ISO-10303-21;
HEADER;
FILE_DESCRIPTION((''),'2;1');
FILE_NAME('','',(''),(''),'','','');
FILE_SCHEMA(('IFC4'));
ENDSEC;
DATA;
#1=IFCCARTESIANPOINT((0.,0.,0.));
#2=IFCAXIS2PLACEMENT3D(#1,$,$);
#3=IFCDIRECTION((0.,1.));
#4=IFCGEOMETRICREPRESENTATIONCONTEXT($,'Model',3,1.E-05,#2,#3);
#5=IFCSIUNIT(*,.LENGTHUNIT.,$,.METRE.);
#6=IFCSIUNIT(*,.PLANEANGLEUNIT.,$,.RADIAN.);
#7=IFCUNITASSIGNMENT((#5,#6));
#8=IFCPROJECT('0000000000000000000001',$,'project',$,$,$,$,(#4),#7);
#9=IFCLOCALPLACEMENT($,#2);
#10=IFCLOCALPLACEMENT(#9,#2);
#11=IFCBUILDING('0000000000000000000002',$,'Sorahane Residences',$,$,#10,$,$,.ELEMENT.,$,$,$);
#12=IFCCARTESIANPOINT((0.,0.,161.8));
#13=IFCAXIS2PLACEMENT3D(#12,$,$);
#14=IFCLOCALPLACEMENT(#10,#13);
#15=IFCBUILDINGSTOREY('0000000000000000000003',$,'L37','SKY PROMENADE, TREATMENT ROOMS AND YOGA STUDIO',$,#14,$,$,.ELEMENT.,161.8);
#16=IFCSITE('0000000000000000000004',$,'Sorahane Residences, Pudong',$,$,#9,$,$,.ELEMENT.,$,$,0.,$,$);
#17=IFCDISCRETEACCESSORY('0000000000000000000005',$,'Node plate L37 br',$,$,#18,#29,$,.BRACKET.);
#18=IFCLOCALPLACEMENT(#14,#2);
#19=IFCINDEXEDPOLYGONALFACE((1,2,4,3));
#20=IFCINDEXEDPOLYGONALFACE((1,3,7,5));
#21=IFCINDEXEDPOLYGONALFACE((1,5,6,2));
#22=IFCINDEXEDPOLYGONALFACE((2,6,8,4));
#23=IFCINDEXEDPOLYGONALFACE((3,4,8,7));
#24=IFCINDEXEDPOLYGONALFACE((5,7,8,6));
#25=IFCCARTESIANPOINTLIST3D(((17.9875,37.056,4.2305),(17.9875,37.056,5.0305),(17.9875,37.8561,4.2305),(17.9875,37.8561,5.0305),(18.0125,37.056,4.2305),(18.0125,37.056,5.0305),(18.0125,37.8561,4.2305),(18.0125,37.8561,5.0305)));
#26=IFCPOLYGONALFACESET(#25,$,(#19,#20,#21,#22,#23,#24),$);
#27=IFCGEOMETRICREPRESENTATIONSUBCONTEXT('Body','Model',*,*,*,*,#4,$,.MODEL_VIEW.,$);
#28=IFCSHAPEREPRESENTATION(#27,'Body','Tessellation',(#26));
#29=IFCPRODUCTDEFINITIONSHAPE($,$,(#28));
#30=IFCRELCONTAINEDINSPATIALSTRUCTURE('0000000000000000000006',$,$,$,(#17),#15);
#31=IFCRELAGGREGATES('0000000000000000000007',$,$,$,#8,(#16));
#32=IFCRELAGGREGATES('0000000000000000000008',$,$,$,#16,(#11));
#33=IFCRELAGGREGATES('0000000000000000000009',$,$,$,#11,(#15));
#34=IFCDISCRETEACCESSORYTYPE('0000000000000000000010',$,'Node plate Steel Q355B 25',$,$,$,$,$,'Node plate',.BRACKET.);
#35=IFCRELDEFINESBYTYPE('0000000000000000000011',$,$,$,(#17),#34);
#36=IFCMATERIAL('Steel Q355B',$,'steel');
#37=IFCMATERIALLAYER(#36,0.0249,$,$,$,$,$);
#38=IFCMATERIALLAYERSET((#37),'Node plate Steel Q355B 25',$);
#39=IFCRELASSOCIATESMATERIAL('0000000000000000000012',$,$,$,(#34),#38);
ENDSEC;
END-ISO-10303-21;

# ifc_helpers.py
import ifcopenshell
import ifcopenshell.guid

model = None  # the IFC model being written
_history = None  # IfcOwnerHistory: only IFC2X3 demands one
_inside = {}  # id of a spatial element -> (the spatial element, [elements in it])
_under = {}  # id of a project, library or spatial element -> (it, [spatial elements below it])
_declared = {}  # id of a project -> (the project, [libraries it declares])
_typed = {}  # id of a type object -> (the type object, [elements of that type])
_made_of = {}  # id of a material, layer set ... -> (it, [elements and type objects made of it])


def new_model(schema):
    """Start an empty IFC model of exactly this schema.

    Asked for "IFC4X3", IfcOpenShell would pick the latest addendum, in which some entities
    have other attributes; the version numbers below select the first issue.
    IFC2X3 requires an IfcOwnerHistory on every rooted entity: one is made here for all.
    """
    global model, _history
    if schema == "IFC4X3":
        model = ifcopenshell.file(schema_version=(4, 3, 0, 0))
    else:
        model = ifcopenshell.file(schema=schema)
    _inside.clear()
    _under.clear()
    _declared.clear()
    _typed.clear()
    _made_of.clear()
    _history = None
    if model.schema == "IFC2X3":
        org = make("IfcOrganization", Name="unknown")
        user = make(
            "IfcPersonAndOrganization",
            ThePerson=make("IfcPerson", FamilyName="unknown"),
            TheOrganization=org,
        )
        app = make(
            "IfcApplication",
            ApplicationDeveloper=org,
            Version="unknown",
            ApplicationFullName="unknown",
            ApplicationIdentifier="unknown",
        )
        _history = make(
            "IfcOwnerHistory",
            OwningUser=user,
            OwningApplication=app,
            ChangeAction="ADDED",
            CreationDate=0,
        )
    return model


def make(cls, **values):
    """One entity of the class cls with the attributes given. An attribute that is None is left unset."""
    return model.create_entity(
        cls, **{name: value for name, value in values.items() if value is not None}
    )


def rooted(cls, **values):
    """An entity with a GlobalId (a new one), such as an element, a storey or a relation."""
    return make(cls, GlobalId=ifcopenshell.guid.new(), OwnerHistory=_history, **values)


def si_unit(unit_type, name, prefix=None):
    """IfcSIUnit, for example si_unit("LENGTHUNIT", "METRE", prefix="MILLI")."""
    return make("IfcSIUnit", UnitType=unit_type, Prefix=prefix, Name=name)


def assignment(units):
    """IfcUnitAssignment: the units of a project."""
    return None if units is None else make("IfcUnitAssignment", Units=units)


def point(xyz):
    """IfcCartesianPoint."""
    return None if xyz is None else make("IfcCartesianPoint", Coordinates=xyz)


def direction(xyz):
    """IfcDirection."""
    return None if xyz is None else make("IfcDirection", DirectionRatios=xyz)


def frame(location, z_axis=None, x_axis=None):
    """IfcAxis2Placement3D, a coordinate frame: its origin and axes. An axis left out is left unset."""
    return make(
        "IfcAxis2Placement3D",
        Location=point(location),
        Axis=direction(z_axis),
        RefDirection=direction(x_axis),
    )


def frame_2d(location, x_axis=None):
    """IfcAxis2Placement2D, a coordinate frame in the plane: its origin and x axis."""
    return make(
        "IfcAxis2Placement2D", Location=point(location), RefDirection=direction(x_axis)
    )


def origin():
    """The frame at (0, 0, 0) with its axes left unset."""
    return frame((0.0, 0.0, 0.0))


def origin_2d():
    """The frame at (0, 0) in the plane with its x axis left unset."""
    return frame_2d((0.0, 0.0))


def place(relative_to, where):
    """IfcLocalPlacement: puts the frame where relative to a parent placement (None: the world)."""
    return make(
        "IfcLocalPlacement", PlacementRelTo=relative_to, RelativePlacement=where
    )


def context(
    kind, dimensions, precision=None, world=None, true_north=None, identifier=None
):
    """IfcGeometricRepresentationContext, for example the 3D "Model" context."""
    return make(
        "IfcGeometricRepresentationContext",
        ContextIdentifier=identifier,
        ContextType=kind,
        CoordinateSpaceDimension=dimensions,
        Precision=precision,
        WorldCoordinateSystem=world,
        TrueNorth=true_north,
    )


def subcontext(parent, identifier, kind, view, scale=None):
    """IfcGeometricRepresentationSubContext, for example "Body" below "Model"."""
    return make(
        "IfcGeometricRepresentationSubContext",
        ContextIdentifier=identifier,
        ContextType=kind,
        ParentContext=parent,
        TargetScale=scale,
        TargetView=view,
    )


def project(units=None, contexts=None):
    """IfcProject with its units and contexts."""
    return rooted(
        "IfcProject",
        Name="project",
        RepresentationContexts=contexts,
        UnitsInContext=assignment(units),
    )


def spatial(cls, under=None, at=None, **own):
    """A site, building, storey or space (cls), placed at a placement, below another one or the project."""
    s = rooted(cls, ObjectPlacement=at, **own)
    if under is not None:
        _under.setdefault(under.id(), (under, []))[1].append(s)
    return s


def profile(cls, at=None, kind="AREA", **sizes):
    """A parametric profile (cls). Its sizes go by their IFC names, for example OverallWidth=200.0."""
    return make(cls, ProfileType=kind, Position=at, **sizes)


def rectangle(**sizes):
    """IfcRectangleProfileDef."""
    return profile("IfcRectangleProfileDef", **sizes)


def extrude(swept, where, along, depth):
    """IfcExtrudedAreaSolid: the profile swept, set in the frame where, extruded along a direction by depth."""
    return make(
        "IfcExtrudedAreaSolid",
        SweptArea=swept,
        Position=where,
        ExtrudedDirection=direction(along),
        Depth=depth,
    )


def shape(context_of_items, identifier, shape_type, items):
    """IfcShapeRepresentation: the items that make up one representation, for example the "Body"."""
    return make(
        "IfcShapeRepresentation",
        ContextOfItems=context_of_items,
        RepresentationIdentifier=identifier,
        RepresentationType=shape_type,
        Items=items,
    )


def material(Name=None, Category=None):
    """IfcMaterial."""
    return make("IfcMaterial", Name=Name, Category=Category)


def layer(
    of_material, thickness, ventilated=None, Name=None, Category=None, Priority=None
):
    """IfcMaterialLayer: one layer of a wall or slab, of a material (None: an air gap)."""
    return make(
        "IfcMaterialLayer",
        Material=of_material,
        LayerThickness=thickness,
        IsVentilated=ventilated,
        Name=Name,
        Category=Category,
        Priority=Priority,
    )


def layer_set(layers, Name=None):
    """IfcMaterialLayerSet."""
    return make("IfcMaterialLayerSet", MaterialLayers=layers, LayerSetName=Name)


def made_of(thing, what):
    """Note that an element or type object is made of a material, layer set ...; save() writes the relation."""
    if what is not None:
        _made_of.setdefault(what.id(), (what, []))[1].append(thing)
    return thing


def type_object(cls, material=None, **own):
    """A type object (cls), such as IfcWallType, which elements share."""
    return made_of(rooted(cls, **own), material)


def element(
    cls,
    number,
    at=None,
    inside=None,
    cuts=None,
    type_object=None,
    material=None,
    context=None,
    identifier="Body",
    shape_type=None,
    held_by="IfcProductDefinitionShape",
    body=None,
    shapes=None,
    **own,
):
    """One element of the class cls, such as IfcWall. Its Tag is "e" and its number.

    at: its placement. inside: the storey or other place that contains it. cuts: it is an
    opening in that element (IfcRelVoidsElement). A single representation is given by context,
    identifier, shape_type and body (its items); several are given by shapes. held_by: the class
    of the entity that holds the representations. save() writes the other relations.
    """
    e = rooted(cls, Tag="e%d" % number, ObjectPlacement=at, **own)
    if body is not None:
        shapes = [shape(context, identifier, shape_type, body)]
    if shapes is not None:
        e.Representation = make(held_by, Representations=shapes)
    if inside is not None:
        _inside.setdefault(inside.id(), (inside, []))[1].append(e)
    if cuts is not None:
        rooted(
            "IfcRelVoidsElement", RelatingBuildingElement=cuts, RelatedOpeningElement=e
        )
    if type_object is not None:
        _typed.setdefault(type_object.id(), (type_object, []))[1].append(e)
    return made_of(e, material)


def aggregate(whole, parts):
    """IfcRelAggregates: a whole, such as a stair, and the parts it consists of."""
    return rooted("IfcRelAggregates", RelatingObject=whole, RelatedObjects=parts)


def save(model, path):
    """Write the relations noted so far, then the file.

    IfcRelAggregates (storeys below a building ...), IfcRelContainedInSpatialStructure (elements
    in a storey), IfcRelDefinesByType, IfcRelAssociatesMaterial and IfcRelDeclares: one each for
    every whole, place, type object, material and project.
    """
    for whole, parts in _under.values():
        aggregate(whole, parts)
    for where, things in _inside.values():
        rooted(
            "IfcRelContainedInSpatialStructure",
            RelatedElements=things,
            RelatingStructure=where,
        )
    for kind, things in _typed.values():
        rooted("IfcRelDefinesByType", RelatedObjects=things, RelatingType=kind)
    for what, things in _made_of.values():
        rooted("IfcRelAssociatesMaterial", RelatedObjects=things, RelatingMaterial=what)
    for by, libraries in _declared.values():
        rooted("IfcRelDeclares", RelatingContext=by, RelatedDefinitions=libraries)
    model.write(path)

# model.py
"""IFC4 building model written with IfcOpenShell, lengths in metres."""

from ifc_helpers import new_model, si_unit, direction, frame, origin, origin_2d, place, context, subcontext, project, spatial, rectangle, extrude, material, layer, layer_set, type_object, element, save


model = new_model("IFC4")

# Units and contexts
model_context = context("Model", 3, precision=1e-05, world=origin(), true_north=direction((0.0, 1.0)))
body_context = subcontext(model_context, "Body", "Model", "MODEL_VIEW")
ifc_project = project(units=[si_unit("LENGTHUNIT", "METRE"), si_unit("PLANEANGLEUNIT", "RADIAN")], contexts=[model_context])

# Site, building, storey
site_placement = place(None, origin())
site = spatial("IfcSite", under=ifc_project, at=site_placement, Name="Sorahane Residences, Pudong", CompositionType="ELEMENT", RefElevation=0.0)
building_placement = place(site_placement, origin())
building = spatial("IfcBuilding", under=site, at=building_placement, Name="Sorahane Residences", CompositionType="ELEMENT")
storey_placement = place(building_placement, frame((0.0, 0.0, 161.8)))
storey = spatial("IfcBuildingStorey", under=building, at=storey_placement, Name="L37", Description="SKY PROMENADE, TREATMENT ROOMS AND YOGA STUDIO", CompositionType="ELEMENT", Elevation=161.8)

# Discrete accessory
ifc_material_1 = material(Name="Steel Q355B", Category="steel")
ifc_layer_1 = layer(ifc_material_1, 0.0249)
ifc_layer_set_1 = layer_set([ifc_layer_1], Name="Node plate Steel Q355B 25")
discrete_accessory_type = type_object("IfcDiscreteAccessoryType", Name="Node plate Steel Q355B 25", ElementType="Node plate", PredefinedType="BRACKET", material=ifc_layer_set_1)
for number, where, z_axis, x_axis, name in (
    (1, (18.0, 37.4561, 4.2305), (0.0, 0.0, 1.0), (0.0, 1.0, 0.0), "Node plate L37 br"),
):
    element("IfcDiscreteAccessory", number, at=place(storey_placement, frame(where, z_axis=z_axis, x_axis=x_axis)), inside=storey, type_object=discrete_accessory_type, Name=name, PredefinedType="BRACKET", context=body_context, shape_type="SweptSolid", body=[
        extrude(rectangle(XDim=0.8, YDim=0.0249, at=origin_2d()), origin(), (0.0, 0.0, 1.0), 0.8),
    ])

save(model, "model.ifc")
